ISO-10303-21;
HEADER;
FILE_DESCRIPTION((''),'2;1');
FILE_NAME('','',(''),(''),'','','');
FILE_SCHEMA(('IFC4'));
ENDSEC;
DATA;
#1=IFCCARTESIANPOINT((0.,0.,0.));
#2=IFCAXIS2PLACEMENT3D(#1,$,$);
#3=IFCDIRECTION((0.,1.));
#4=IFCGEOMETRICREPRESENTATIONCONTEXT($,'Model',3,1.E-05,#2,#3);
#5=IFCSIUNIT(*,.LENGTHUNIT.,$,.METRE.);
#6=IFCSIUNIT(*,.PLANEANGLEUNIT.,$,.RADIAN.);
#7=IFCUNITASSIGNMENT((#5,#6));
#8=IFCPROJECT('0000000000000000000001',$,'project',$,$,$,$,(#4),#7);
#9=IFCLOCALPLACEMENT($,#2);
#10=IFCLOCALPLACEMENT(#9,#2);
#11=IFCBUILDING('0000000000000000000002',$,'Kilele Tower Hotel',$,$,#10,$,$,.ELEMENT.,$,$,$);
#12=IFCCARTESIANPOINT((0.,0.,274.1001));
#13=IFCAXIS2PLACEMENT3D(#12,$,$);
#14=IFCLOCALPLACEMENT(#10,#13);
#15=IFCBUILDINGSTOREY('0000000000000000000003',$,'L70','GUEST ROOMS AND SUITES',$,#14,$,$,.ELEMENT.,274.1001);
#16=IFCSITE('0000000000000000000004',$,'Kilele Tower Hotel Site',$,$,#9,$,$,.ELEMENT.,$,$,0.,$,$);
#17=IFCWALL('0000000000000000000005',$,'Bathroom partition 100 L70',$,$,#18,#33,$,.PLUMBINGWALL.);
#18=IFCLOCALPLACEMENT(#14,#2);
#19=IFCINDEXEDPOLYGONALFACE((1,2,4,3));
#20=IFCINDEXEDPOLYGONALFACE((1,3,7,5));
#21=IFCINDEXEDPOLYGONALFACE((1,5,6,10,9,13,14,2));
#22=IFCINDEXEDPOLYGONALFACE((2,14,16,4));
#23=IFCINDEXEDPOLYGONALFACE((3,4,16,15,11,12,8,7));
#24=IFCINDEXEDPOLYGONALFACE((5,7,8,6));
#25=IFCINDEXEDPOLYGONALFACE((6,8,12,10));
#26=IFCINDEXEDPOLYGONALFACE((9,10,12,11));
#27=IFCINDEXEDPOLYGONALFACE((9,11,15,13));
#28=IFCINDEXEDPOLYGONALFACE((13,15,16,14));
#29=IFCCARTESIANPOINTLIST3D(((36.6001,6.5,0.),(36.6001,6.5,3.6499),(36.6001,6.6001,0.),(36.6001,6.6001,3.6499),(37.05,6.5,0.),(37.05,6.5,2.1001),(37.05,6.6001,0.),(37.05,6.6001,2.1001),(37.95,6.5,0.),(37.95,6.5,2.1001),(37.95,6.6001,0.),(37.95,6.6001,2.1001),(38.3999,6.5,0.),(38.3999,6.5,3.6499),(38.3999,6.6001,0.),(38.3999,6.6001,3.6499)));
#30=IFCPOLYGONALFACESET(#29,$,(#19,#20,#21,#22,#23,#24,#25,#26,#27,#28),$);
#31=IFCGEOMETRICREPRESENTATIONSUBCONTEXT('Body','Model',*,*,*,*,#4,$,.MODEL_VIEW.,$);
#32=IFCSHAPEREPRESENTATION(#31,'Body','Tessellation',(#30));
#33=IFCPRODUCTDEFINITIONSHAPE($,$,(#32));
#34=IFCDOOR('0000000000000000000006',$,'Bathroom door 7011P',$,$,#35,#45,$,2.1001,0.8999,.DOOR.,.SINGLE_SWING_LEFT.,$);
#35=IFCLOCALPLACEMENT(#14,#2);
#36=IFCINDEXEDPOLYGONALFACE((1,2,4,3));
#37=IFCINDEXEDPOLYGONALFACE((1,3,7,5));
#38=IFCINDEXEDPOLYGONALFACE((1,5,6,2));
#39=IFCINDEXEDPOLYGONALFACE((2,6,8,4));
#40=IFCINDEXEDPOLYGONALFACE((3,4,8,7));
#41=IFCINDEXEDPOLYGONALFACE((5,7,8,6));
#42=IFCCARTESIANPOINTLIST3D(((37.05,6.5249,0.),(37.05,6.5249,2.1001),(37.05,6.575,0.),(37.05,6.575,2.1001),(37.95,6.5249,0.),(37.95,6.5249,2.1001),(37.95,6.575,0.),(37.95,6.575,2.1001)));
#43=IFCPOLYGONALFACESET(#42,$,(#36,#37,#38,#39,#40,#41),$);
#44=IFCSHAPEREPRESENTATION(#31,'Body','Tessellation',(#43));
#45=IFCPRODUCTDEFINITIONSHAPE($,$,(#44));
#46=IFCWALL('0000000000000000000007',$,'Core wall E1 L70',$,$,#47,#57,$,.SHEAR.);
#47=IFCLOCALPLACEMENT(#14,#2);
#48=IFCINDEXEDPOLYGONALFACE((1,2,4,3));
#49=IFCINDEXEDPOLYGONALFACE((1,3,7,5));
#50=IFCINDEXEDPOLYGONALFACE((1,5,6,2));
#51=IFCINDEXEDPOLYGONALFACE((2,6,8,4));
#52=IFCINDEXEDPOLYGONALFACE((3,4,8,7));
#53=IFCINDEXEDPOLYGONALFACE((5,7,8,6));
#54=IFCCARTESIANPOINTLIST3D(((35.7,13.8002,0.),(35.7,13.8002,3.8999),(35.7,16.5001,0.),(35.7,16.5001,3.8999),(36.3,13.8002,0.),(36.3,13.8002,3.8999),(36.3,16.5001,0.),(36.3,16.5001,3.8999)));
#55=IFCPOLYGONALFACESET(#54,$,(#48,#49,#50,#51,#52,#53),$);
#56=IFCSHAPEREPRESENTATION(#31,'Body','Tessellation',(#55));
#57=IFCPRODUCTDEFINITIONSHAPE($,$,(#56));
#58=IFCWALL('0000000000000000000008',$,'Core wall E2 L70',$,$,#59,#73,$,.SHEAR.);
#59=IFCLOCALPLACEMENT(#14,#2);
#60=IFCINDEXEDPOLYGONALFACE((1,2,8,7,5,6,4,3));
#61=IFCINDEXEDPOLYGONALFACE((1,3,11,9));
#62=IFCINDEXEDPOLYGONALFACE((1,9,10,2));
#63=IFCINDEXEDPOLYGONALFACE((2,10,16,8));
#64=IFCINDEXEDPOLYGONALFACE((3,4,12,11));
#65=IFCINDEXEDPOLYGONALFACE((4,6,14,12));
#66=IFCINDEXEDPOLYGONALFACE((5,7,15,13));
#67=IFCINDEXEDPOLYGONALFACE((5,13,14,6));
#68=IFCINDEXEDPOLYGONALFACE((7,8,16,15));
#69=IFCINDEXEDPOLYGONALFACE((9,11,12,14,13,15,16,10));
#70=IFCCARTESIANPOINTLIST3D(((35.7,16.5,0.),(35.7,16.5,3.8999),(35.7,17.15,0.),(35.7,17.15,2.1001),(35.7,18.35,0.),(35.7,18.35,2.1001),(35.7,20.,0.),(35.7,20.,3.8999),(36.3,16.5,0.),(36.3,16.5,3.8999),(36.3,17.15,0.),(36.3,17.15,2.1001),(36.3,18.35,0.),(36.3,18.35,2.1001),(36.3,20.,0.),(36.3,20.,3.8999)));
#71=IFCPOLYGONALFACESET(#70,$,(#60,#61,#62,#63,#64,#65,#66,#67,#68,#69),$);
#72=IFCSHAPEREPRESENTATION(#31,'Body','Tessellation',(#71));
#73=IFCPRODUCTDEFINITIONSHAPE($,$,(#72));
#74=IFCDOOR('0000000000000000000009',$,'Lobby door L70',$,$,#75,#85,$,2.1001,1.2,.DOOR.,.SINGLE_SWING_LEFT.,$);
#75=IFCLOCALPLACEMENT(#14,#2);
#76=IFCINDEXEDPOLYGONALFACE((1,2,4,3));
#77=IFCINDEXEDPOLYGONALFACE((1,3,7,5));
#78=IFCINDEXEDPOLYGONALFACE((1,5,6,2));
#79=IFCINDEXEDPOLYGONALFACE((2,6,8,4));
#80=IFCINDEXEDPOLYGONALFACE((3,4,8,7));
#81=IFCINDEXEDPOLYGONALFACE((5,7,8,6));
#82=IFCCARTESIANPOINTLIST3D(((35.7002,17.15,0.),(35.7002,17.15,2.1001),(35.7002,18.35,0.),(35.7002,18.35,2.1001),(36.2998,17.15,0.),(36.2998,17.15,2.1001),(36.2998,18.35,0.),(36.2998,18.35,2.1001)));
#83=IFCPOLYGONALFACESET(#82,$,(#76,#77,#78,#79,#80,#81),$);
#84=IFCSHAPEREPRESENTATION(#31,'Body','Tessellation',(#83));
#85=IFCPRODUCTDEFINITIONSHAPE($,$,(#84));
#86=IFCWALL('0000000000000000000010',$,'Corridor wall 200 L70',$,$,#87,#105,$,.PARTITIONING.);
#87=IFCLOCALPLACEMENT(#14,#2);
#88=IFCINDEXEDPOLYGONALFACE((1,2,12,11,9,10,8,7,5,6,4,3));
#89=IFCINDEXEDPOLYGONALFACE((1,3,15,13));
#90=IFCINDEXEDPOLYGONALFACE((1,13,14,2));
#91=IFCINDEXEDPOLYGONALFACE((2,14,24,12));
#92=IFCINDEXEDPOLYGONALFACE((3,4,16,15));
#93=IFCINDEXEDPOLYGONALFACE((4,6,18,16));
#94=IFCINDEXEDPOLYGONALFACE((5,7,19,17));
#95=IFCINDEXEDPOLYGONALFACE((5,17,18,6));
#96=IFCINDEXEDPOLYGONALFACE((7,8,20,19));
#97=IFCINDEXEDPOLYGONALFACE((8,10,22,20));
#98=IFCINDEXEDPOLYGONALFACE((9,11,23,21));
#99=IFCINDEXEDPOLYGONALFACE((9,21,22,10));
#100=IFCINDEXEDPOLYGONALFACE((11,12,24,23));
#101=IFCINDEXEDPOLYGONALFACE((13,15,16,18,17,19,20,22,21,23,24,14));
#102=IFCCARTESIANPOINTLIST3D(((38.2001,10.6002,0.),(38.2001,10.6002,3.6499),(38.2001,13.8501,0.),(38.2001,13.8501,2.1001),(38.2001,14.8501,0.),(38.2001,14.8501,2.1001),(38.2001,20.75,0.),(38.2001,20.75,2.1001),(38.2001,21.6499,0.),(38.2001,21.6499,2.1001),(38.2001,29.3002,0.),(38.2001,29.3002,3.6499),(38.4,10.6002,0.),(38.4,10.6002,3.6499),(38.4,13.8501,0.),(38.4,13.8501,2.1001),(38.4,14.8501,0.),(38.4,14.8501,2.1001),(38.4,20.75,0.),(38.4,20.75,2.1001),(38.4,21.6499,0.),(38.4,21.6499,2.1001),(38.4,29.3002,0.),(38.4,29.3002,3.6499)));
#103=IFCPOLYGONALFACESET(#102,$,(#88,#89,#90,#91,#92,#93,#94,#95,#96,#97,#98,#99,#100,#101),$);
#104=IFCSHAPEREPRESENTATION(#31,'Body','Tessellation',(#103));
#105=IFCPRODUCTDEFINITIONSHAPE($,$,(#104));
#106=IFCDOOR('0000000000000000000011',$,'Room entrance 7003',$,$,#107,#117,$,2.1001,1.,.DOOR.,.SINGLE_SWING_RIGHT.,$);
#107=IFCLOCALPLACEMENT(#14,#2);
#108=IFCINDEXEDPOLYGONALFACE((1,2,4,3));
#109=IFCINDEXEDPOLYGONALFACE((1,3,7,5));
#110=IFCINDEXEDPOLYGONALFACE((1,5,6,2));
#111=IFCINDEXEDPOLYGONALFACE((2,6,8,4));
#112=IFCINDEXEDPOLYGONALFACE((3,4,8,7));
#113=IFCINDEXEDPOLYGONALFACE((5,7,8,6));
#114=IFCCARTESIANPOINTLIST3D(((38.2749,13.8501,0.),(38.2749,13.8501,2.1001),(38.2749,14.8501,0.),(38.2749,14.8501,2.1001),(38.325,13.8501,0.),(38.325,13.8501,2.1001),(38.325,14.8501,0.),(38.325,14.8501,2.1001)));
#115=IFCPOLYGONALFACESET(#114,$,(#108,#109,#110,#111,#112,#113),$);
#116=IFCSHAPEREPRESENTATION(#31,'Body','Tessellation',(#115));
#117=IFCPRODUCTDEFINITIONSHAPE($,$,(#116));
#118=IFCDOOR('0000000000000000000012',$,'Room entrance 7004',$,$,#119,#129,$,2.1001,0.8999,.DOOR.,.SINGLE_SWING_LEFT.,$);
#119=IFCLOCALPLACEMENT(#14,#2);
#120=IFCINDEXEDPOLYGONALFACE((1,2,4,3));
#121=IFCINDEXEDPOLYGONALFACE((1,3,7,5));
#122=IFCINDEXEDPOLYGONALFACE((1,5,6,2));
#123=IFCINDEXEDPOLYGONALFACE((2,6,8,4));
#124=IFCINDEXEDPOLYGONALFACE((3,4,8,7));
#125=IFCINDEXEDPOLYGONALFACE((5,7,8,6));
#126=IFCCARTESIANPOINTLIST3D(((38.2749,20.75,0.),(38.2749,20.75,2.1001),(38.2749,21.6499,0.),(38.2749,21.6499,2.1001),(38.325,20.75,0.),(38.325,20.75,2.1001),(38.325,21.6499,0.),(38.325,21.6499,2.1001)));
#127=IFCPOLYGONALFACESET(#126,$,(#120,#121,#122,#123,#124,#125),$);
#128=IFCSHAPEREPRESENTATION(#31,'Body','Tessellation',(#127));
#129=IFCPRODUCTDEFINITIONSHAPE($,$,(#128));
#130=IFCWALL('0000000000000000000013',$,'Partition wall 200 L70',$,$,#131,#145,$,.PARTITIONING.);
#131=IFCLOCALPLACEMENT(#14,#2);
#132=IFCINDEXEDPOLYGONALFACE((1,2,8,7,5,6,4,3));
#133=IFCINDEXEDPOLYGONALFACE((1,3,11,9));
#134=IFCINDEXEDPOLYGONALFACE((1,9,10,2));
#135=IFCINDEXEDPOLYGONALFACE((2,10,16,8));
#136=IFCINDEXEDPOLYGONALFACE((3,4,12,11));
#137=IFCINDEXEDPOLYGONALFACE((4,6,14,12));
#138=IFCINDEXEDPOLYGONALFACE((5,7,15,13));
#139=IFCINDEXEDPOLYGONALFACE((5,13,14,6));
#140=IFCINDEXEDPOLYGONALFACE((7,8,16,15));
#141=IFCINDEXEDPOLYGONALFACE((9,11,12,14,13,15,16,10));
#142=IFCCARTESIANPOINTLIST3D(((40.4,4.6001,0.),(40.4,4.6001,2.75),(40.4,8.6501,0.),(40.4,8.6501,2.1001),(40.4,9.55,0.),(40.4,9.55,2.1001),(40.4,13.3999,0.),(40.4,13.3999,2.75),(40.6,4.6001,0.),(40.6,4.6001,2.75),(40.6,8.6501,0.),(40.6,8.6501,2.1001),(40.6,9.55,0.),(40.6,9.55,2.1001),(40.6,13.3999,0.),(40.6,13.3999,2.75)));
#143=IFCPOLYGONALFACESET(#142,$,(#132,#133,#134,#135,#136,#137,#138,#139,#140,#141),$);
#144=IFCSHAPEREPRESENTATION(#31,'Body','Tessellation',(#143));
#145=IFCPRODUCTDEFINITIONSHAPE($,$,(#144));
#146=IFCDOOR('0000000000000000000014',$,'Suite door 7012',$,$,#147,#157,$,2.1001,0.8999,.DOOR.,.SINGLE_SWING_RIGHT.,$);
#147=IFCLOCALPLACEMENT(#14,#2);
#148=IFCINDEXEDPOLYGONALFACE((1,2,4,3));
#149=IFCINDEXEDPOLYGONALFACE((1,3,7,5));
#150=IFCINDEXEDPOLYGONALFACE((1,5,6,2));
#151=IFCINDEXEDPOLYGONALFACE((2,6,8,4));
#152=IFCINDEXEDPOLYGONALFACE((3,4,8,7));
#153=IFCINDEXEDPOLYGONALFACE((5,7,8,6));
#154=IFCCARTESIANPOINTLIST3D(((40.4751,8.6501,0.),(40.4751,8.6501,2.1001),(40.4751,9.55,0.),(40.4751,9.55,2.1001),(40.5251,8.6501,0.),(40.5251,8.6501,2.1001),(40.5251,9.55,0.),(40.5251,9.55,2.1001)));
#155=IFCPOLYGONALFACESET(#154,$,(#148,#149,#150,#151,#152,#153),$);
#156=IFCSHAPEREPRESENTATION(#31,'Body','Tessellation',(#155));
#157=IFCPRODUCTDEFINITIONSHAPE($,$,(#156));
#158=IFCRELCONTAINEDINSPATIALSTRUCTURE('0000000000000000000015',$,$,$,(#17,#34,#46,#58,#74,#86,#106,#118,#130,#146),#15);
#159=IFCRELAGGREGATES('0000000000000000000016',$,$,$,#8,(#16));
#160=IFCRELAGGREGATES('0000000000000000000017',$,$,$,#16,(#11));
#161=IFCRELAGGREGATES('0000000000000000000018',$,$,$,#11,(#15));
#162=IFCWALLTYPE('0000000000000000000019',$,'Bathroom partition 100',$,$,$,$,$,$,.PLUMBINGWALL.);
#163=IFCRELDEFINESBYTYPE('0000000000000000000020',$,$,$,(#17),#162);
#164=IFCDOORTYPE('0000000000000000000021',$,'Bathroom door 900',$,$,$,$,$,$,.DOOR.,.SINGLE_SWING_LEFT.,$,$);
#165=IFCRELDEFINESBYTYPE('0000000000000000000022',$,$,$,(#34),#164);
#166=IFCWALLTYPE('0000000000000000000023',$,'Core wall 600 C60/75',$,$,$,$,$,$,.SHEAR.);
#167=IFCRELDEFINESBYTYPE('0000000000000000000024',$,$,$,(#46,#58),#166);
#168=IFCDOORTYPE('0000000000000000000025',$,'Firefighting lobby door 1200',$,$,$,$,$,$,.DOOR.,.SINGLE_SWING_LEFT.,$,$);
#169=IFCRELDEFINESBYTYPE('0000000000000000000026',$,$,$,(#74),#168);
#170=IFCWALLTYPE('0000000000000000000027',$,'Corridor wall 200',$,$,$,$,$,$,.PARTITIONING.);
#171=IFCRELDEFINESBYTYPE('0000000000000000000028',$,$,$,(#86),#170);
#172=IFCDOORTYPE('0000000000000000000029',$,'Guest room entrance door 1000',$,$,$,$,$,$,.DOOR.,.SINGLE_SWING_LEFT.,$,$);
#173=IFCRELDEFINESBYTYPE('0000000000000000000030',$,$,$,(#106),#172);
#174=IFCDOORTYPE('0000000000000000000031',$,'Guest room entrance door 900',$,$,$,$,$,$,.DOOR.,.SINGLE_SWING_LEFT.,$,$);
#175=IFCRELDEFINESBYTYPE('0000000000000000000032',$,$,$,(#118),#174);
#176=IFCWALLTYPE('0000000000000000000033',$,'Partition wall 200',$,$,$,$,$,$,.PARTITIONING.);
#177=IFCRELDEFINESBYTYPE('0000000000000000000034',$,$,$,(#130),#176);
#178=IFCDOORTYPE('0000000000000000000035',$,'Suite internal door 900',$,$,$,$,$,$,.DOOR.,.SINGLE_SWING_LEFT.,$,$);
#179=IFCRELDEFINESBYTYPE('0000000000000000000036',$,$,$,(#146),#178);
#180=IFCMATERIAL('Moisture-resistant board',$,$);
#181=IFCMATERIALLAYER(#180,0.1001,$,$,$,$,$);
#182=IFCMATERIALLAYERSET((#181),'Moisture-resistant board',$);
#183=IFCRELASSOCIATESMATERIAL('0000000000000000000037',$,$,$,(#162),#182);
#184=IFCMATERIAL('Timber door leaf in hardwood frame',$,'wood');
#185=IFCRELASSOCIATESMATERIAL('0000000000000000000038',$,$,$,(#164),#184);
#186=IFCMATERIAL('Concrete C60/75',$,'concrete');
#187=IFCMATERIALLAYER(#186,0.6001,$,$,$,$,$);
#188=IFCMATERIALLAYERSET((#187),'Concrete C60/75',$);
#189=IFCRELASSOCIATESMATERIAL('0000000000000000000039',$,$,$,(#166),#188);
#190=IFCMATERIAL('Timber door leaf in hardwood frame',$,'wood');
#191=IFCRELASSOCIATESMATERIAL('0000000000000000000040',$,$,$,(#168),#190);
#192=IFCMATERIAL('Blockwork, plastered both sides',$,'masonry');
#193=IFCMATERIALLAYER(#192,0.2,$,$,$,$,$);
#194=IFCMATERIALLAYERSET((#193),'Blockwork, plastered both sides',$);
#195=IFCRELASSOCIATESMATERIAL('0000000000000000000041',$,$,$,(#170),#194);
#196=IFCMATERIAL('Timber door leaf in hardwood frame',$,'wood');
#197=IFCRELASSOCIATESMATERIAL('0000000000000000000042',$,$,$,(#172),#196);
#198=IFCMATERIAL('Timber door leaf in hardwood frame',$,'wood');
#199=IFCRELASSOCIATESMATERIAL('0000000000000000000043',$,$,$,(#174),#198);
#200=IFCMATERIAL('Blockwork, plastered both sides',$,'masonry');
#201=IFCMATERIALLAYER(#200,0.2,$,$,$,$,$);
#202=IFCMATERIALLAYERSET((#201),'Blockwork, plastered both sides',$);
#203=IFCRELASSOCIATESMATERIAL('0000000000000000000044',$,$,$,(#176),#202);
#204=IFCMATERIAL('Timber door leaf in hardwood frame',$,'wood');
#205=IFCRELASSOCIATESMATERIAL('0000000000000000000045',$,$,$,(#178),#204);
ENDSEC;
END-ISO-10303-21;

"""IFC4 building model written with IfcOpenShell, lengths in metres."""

from ifc_helpers import new_model, si_unit, direction, frame, frame_2d, origin, place, context, subcontext, project, spatial, rectangle, extrude, material, layer, layer_set, type_object, element, fill, save


model = new_model("IFC4")

# Units and contexts
model_context = context("Model", 3, precision=1e-05, world=origin(), true_north=direction((0.0, 1.0)))
body_context = subcontext(model_context, "Body", "Model", "MODEL_VIEW")
ifc_project = project(units=[si_unit("LENGTHUNIT", "METRE"), si_unit("PLANEANGLEUNIT", "RADIAN")], contexts=[model_context])

# Site, building, storey
site_placement = place(None, origin())
site = spatial("IfcSite", under=ifc_project, at=site_placement, Name="Kilele Tower Hotel Site", CompositionType="ELEMENT", RefElevation=0.0)
building_placement = place(site_placement, origin())
building = spatial("IfcBuilding", under=site, at=building_placement, Name="Kilele Tower Hotel", CompositionType="ELEMENT")
storey_placement = place(building_placement, frame((0.0, 0.0, 274.1001)))
storey = spatial("IfcBuildingStorey", under=building, at=storey_placement, Name="L70", Description="GUEST ROOMS AND SUITES", CompositionType="ELEMENT", Elevation=274.1001)

# Shared definitions
ifc_material_1 = material(Name="Moisture-resistant board")
ifc_layer_1 = layer(ifc_material_1, 0.1001)
ifc_layer_set_1 = layer_set([ifc_layer_1], Name="Moisture-resistant board")
wall_type_1 = type_object("IfcWallType", Name="Bathroom partition 100", PredefinedType="PLUMBINGWALL", material=ifc_layer_set_1)

# Shared definitions
ifc_material_2 = material(Name="Timber door leaf in hardwood frame", Category="wood")
door_type_1 = type_object("IfcDoorType", Name="Bathroom door 900", OperationType="SINGLE_SWING_LEFT", PredefinedType="DOOR", material=ifc_material_2)

# Wall, opening, door
wall_1_placement = place(storey_placement, frame((36.6001, 6.55, 0.0), z_axis=(0.0, 0.0, 1.0), x_axis=(1.0, 0.0, 0.0)))
wall_1 = element("IfcWall", 1, at=wall_1_placement, inside=storey, type_object=wall_type_1, Name="Bathroom partition 100 L70", PredefinedType="PLUMBINGWALL", context=body_context, shape_type="SweptSolid", body=[
    extrude(rectangle(XDim=1.7998, YDim=0.1001, at=frame_2d((0.8999, 0.0))), origin(), (0.0, 0.0, 1.0), 3.6499),
])
opening_1_placement = place(wall_1_placement, frame((0.45, 0.0, 0.0)))
opening_1 = element("IfcOpeningElement", 2, at=opening_1_placement, cuts=wall_1, PredefinedType="OPENING", context=body_context, shape_type="SweptSolid", body=[
    extrude(rectangle(XDim=0.8999, YDim=2.1001, at=frame_2d((0.45, 1.05))), frame((0.0, 0.0601, 0.0), z_axis=(0.0, -1.0, 0.0), x_axis=(1.0, 0.0, 0.0)), (0.0, 0.0, 1.0), 0.1201),
])
door_1_placement = place(opening_1_placement, origin())
door_1 = element("IfcDoor", 3, at=door_1_placement, inside=storey, type_object=door_type_1, Name="Bathroom door 7011P", OperationType="SINGLE_SWING_LEFT", OverallHeight=2.1001, OverallWidth=0.8999, PredefinedType="DOOR", context=body_context, shape_type="SweptSolid", body=[
    extrude(rectangle(XDim=0.8999, YDim=2.1001, at=frame_2d((0.45, 1.05))), frame((0.0, 0.0249, 0.0), z_axis=(0.0, -1.0, 0.0), x_axis=(1.0, 0.0, 0.0)), (0.0, 0.0, 1.0), 0.05),
])
fill(opening_1, door_1)

# Wall
ifc_material_3 = material(Name="Concrete C60/75", Category="concrete")
ifc_layer_2 = layer(ifc_material_3, 0.6001)
ifc_layer_set_2 = layer_set([ifc_layer_2], Name="Concrete C60/75")
wall_type_2 = type_object("IfcWallType", Name="Core wall 600 C60/75", PredefinedType="SHEAR", material=ifc_layer_set_2)
wall_2_placement = place(storey_placement, frame((36.0, 13.8, 0.0), z_axis=(0.0, 0.0, 1.0), x_axis=(0.0, 1.0, 0.0)))
element("IfcWall", 4, at=wall_2_placement, inside=storey, type_object=wall_type_2, Name="Core wall E1 L70", PredefinedType="SHEAR", context=body_context, shape_type="SweptSolid", body=[
    extrude(rectangle(XDim=2.7, YDim=0.6001, at=frame_2d((1.3501, 0.0))), origin(), (0.0, 0.0, 1.0), 3.8999),
])

# Wall, opening, door
wall_3_placement = place(storey_placement, frame((36.0, 16.5, 0.0), z_axis=(0.0, 0.0, 1.0), x_axis=(0.0, 1.0, 0.0)))
wall_3 = element("IfcWall", 5, at=wall_3_placement, inside=storey, type_object=wall_type_2, Name="Core wall E2 L70", PredefinedType="SHEAR", context=body_context, shape_type="SweptSolid", body=[
    extrude(rectangle(XDim=3.5, YDim=0.6001, at=frame_2d((1.75, 0.0))), origin(), (0.0, 0.0, 1.0), 3.8999),
])
opening_2_placement = place(wall_3_placement, frame((0.6499, 0.0, 0.0)))
opening_2 = element("IfcOpeningElement", 6, at=opening_2_placement, cuts=wall_3, PredefinedType="OPENING", context=body_context, shape_type="SweptSolid", body=[
    extrude(rectangle(XDim=1.2, YDim=2.1001, at=frame_2d((0.6001, 1.05))), frame((0.0, 0.3101, 0.0), z_axis=(0.0, -1.0, 0.0), x_axis=(1.0, 0.0, 0.0)), (0.0, 0.0, 1.0), 0.6201),
])
ifc_material_4 = material(Name="Timber door leaf in hardwood frame", Category="wood")
door_type_2 = type_object("IfcDoorType", Name="Firefighting lobby door 1200", OperationType="SINGLE_SWING_LEFT", PredefinedType="DOOR", material=ifc_material_4)
door_2_placement = place(opening_2_placement, origin())
door_2 = element("IfcDoor", 7, at=door_2_placement, inside=storey, type_object=door_type_2, Name="Lobby door L70", OperationType="SINGLE_SWING_LEFT", OverallHeight=2.1001, OverallWidth=1.2, PredefinedType="DOOR", context=body_context, shape_type="SweptSolid", body=[
    extrude(rectangle(XDim=1.2, YDim=2.1001, at=frame_2d((0.6001, 1.05))), frame((0.0, 0.2998, 0.0), z_axis=(0.0, -1.0, 0.0), x_axis=(1.0, 0.0, 0.0)), (0.0, 0.0, 1.0), 0.5996),
])
fill(opening_2, door_2)

# Wall, openings, doors
ifc_material_5 = material(Name="Blockwork, plastered both sides", Category="masonry")
ifc_layer_3 = layer(ifc_material_5, 0.2)
ifc_layer_set_3 = layer_set([ifc_layer_3], Name="Blockwork, plastered both sides")
wall_type_3 = type_object("IfcWallType", Name="Corridor wall 200", PredefinedType="PARTITIONING", material=ifc_layer_set_3)
wall_4_placement = place(storey_placement, frame((38.3, 10.6001, 0.0), z_axis=(0.0, 0.0, 1.0), x_axis=(0.0, 1.0, 0.0)))
wall_4 = element("IfcWall", 8, at=wall_4_placement, inside=storey, type_object=wall_type_3, Name="Corridor wall 200 L70", PredefinedType="PARTITIONING", context=body_context, shape_type="SweptSolid", body=[
    extrude(rectangle(XDim=18.7, YDim=0.2, at=frame_2d((9.3501, 0.0))), origin(), (0.0, 0.0, 1.0), 3.6499),
])
opening_3_placement = place(wall_4_placement, frame((4.25, 0.0, 0.0), z_axis=(0.0, 0.0, 1.0), x_axis=(-1.0, 0.0, 0.0)))
opening_3 = element("IfcOpeningElement", 9, at=opening_3_placement, cuts=wall_4, PredefinedType="OPENING", context=body_context, shape_type="SweptSolid", body=[
    extrude(rectangle(XDim=1.0, YDim=2.1001, at=frame_2d((0.5, 1.05))), frame((0.0, 0.1099, 0.0), z_axis=(0.0, -1.0, 0.0), x_axis=(1.0, 0.0, 0.0)), (0.0, 0.0, 1.0), 0.22),
])
opening_4_placement = place(wall_4_placement, frame((11.0498, 0.0, 0.0), z_axis=(0.0, 0.0, 1.0), x_axis=(-1.0, 0.0, 0.0)))
opening_4 = element("IfcOpeningElement", 10, at=opening_4_placement, cuts=wall_4, PredefinedType="OPENING", context=body_context, shape_type="SweptSolid", body=[
    extrude(rectangle(XDim=0.8999, YDim=2.1001, at=frame_2d((0.45, 1.05))), frame((0.0, 0.1099, 0.0), z_axis=(0.0, -1.0, 0.0), x_axis=(1.0, 0.0, 0.0)), (0.0, 0.0, 1.0), 0.22),
])
ifc_material_6 = material(Name="Timber door leaf in hardwood frame", Category="wood")
door_type_3 = type_object("IfcDoorType", Name="Guest room entrance door 1000", OperationType="SINGLE_SWING_LEFT", PredefinedType="DOOR", material=ifc_material_6)
door_3_placement = place(opening_3_placement, origin())
door_3 = element("IfcDoor", 11, at=door_3_placement, inside=storey, type_object=door_type_3, Name="Room entrance 7003", OperationType="SINGLE_SWING_RIGHT", OverallHeight=2.1001, OverallWidth=1.0, PredefinedType="DOOR", context=body_context, shape_type="SweptSolid", body=[
    extrude(rectangle(XDim=1.0, YDim=2.1001, at=frame_2d((0.5, 1.05))), frame((0.0, 0.0249, 0.0), z_axis=(0.0, -1.0, 0.0), x_axis=(1.0, 0.0, 0.0)), (0.0, 0.0, 1.0), 0.05),
])
fill(opening_3, door_3)
ifc_material_7 = material(Name="Timber door leaf in hardwood frame", Category="wood")
door_type_4 = type_object("IfcDoorType", Name="Guest room entrance door 900", OperationType="SINGLE_SWING_LEFT", PredefinedType="DOOR", material=ifc_material_7)
door_4_placement = place(opening_4_placement, origin())
door_4 = element("IfcDoor", 12, at=door_4_placement, inside=storey, type_object=door_type_4, Name="Room entrance 7004", OperationType="SINGLE_SWING_LEFT", OverallHeight=2.1001, OverallWidth=0.8999, PredefinedType="DOOR", context=body_context, shape_type="SweptSolid", body=[
    extrude(rectangle(XDim=0.8999, YDim=2.1001, at=frame_2d((0.45, 1.05))), frame((0.0, 0.0249, 0.0), z_axis=(0.0, -1.0, 0.0), x_axis=(1.0, 0.0, 0.0)), (0.0, 0.0, 1.0), 0.05),
])
fill(opening_4, door_4)

# Wall, opening, door
ifc_material_8 = material(Name="Blockwork, plastered both sides", Category="masonry")
ifc_layer_4 = layer(ifc_material_8, 0.2)
ifc_layer_set_4 = layer_set([ifc_layer_4], Name="Blockwork, plastered both sides")
wall_type_4 = type_object("IfcWallType", Name="Partition wall 200", PredefinedType="PARTITIONING", material=ifc_layer_set_4)
wall_5_placement = place(storey_placement, frame((40.5, 4.6001, 0.0), z_axis=(0.0, 0.0, 1.0), x_axis=(0.0, 1.0, 0.0)))
wall_5 = element("IfcWall", 13, at=wall_5_placement, inside=storey, type_object=wall_type_4, Name="Partition wall 200 L70", PredefinedType="PARTITIONING", context=body_context, shape_type="SweptSolid", body=[
    extrude(rectangle(XDim=8.7998, YDim=0.2, at=frame_2d((4.3999, 0.0))), origin(), (0.0, 0.0, 1.0), 2.75),
])
opening_5_placement = place(wall_5_placement, frame((4.05, 0.0, 0.0)))
opening_5 = element("IfcOpeningElement", 14, at=opening_5_placement, cuts=wall_5, PredefinedType="OPENING", context=body_context, shape_type="SweptSolid", body=[
    extrude(rectangle(XDim=0.8999, YDim=2.1001, at=frame_2d((0.45, 1.05))), frame((0.0, 0.1099, 0.0), z_axis=(0.0, -1.0, 0.0), x_axis=(1.0, 0.0, 0.0)), (0.0, 0.0, 1.0), 0.22),
])
ifc_material_9 = material(Name="Timber door leaf in hardwood frame", Category="wood")
door_type_5 = type_object("IfcDoorType", Name="Suite internal door 900", OperationType="SINGLE_SWING_LEFT", PredefinedType="DOOR", material=ifc_material_9)
door_5_placement = place(opening_5_placement, origin())
door_5 = element("IfcDoor", 15, at=door_5_placement, inside=storey, type_object=door_type_5, Name="Suite door 7012", OperationType="SINGLE_SWING_RIGHT", OverallHeight=2.1001, OverallWidth=0.8999, PredefinedType="DOOR", context=body_context, shape_type="SweptSolid", body=[
    extrude(rectangle(XDim=0.8999, YDim=2.1001, at=frame_2d((0.45, 1.05))), frame((0.0, 0.0249, 0.0), z_axis=(0.0, -1.0, 0.0), x_axis=(1.0, 0.0, 0.0)), (0.0, 0.0, 1.0), 0.05),
])
fill(opening_5, door_5)

save(model, "model.ifc")
